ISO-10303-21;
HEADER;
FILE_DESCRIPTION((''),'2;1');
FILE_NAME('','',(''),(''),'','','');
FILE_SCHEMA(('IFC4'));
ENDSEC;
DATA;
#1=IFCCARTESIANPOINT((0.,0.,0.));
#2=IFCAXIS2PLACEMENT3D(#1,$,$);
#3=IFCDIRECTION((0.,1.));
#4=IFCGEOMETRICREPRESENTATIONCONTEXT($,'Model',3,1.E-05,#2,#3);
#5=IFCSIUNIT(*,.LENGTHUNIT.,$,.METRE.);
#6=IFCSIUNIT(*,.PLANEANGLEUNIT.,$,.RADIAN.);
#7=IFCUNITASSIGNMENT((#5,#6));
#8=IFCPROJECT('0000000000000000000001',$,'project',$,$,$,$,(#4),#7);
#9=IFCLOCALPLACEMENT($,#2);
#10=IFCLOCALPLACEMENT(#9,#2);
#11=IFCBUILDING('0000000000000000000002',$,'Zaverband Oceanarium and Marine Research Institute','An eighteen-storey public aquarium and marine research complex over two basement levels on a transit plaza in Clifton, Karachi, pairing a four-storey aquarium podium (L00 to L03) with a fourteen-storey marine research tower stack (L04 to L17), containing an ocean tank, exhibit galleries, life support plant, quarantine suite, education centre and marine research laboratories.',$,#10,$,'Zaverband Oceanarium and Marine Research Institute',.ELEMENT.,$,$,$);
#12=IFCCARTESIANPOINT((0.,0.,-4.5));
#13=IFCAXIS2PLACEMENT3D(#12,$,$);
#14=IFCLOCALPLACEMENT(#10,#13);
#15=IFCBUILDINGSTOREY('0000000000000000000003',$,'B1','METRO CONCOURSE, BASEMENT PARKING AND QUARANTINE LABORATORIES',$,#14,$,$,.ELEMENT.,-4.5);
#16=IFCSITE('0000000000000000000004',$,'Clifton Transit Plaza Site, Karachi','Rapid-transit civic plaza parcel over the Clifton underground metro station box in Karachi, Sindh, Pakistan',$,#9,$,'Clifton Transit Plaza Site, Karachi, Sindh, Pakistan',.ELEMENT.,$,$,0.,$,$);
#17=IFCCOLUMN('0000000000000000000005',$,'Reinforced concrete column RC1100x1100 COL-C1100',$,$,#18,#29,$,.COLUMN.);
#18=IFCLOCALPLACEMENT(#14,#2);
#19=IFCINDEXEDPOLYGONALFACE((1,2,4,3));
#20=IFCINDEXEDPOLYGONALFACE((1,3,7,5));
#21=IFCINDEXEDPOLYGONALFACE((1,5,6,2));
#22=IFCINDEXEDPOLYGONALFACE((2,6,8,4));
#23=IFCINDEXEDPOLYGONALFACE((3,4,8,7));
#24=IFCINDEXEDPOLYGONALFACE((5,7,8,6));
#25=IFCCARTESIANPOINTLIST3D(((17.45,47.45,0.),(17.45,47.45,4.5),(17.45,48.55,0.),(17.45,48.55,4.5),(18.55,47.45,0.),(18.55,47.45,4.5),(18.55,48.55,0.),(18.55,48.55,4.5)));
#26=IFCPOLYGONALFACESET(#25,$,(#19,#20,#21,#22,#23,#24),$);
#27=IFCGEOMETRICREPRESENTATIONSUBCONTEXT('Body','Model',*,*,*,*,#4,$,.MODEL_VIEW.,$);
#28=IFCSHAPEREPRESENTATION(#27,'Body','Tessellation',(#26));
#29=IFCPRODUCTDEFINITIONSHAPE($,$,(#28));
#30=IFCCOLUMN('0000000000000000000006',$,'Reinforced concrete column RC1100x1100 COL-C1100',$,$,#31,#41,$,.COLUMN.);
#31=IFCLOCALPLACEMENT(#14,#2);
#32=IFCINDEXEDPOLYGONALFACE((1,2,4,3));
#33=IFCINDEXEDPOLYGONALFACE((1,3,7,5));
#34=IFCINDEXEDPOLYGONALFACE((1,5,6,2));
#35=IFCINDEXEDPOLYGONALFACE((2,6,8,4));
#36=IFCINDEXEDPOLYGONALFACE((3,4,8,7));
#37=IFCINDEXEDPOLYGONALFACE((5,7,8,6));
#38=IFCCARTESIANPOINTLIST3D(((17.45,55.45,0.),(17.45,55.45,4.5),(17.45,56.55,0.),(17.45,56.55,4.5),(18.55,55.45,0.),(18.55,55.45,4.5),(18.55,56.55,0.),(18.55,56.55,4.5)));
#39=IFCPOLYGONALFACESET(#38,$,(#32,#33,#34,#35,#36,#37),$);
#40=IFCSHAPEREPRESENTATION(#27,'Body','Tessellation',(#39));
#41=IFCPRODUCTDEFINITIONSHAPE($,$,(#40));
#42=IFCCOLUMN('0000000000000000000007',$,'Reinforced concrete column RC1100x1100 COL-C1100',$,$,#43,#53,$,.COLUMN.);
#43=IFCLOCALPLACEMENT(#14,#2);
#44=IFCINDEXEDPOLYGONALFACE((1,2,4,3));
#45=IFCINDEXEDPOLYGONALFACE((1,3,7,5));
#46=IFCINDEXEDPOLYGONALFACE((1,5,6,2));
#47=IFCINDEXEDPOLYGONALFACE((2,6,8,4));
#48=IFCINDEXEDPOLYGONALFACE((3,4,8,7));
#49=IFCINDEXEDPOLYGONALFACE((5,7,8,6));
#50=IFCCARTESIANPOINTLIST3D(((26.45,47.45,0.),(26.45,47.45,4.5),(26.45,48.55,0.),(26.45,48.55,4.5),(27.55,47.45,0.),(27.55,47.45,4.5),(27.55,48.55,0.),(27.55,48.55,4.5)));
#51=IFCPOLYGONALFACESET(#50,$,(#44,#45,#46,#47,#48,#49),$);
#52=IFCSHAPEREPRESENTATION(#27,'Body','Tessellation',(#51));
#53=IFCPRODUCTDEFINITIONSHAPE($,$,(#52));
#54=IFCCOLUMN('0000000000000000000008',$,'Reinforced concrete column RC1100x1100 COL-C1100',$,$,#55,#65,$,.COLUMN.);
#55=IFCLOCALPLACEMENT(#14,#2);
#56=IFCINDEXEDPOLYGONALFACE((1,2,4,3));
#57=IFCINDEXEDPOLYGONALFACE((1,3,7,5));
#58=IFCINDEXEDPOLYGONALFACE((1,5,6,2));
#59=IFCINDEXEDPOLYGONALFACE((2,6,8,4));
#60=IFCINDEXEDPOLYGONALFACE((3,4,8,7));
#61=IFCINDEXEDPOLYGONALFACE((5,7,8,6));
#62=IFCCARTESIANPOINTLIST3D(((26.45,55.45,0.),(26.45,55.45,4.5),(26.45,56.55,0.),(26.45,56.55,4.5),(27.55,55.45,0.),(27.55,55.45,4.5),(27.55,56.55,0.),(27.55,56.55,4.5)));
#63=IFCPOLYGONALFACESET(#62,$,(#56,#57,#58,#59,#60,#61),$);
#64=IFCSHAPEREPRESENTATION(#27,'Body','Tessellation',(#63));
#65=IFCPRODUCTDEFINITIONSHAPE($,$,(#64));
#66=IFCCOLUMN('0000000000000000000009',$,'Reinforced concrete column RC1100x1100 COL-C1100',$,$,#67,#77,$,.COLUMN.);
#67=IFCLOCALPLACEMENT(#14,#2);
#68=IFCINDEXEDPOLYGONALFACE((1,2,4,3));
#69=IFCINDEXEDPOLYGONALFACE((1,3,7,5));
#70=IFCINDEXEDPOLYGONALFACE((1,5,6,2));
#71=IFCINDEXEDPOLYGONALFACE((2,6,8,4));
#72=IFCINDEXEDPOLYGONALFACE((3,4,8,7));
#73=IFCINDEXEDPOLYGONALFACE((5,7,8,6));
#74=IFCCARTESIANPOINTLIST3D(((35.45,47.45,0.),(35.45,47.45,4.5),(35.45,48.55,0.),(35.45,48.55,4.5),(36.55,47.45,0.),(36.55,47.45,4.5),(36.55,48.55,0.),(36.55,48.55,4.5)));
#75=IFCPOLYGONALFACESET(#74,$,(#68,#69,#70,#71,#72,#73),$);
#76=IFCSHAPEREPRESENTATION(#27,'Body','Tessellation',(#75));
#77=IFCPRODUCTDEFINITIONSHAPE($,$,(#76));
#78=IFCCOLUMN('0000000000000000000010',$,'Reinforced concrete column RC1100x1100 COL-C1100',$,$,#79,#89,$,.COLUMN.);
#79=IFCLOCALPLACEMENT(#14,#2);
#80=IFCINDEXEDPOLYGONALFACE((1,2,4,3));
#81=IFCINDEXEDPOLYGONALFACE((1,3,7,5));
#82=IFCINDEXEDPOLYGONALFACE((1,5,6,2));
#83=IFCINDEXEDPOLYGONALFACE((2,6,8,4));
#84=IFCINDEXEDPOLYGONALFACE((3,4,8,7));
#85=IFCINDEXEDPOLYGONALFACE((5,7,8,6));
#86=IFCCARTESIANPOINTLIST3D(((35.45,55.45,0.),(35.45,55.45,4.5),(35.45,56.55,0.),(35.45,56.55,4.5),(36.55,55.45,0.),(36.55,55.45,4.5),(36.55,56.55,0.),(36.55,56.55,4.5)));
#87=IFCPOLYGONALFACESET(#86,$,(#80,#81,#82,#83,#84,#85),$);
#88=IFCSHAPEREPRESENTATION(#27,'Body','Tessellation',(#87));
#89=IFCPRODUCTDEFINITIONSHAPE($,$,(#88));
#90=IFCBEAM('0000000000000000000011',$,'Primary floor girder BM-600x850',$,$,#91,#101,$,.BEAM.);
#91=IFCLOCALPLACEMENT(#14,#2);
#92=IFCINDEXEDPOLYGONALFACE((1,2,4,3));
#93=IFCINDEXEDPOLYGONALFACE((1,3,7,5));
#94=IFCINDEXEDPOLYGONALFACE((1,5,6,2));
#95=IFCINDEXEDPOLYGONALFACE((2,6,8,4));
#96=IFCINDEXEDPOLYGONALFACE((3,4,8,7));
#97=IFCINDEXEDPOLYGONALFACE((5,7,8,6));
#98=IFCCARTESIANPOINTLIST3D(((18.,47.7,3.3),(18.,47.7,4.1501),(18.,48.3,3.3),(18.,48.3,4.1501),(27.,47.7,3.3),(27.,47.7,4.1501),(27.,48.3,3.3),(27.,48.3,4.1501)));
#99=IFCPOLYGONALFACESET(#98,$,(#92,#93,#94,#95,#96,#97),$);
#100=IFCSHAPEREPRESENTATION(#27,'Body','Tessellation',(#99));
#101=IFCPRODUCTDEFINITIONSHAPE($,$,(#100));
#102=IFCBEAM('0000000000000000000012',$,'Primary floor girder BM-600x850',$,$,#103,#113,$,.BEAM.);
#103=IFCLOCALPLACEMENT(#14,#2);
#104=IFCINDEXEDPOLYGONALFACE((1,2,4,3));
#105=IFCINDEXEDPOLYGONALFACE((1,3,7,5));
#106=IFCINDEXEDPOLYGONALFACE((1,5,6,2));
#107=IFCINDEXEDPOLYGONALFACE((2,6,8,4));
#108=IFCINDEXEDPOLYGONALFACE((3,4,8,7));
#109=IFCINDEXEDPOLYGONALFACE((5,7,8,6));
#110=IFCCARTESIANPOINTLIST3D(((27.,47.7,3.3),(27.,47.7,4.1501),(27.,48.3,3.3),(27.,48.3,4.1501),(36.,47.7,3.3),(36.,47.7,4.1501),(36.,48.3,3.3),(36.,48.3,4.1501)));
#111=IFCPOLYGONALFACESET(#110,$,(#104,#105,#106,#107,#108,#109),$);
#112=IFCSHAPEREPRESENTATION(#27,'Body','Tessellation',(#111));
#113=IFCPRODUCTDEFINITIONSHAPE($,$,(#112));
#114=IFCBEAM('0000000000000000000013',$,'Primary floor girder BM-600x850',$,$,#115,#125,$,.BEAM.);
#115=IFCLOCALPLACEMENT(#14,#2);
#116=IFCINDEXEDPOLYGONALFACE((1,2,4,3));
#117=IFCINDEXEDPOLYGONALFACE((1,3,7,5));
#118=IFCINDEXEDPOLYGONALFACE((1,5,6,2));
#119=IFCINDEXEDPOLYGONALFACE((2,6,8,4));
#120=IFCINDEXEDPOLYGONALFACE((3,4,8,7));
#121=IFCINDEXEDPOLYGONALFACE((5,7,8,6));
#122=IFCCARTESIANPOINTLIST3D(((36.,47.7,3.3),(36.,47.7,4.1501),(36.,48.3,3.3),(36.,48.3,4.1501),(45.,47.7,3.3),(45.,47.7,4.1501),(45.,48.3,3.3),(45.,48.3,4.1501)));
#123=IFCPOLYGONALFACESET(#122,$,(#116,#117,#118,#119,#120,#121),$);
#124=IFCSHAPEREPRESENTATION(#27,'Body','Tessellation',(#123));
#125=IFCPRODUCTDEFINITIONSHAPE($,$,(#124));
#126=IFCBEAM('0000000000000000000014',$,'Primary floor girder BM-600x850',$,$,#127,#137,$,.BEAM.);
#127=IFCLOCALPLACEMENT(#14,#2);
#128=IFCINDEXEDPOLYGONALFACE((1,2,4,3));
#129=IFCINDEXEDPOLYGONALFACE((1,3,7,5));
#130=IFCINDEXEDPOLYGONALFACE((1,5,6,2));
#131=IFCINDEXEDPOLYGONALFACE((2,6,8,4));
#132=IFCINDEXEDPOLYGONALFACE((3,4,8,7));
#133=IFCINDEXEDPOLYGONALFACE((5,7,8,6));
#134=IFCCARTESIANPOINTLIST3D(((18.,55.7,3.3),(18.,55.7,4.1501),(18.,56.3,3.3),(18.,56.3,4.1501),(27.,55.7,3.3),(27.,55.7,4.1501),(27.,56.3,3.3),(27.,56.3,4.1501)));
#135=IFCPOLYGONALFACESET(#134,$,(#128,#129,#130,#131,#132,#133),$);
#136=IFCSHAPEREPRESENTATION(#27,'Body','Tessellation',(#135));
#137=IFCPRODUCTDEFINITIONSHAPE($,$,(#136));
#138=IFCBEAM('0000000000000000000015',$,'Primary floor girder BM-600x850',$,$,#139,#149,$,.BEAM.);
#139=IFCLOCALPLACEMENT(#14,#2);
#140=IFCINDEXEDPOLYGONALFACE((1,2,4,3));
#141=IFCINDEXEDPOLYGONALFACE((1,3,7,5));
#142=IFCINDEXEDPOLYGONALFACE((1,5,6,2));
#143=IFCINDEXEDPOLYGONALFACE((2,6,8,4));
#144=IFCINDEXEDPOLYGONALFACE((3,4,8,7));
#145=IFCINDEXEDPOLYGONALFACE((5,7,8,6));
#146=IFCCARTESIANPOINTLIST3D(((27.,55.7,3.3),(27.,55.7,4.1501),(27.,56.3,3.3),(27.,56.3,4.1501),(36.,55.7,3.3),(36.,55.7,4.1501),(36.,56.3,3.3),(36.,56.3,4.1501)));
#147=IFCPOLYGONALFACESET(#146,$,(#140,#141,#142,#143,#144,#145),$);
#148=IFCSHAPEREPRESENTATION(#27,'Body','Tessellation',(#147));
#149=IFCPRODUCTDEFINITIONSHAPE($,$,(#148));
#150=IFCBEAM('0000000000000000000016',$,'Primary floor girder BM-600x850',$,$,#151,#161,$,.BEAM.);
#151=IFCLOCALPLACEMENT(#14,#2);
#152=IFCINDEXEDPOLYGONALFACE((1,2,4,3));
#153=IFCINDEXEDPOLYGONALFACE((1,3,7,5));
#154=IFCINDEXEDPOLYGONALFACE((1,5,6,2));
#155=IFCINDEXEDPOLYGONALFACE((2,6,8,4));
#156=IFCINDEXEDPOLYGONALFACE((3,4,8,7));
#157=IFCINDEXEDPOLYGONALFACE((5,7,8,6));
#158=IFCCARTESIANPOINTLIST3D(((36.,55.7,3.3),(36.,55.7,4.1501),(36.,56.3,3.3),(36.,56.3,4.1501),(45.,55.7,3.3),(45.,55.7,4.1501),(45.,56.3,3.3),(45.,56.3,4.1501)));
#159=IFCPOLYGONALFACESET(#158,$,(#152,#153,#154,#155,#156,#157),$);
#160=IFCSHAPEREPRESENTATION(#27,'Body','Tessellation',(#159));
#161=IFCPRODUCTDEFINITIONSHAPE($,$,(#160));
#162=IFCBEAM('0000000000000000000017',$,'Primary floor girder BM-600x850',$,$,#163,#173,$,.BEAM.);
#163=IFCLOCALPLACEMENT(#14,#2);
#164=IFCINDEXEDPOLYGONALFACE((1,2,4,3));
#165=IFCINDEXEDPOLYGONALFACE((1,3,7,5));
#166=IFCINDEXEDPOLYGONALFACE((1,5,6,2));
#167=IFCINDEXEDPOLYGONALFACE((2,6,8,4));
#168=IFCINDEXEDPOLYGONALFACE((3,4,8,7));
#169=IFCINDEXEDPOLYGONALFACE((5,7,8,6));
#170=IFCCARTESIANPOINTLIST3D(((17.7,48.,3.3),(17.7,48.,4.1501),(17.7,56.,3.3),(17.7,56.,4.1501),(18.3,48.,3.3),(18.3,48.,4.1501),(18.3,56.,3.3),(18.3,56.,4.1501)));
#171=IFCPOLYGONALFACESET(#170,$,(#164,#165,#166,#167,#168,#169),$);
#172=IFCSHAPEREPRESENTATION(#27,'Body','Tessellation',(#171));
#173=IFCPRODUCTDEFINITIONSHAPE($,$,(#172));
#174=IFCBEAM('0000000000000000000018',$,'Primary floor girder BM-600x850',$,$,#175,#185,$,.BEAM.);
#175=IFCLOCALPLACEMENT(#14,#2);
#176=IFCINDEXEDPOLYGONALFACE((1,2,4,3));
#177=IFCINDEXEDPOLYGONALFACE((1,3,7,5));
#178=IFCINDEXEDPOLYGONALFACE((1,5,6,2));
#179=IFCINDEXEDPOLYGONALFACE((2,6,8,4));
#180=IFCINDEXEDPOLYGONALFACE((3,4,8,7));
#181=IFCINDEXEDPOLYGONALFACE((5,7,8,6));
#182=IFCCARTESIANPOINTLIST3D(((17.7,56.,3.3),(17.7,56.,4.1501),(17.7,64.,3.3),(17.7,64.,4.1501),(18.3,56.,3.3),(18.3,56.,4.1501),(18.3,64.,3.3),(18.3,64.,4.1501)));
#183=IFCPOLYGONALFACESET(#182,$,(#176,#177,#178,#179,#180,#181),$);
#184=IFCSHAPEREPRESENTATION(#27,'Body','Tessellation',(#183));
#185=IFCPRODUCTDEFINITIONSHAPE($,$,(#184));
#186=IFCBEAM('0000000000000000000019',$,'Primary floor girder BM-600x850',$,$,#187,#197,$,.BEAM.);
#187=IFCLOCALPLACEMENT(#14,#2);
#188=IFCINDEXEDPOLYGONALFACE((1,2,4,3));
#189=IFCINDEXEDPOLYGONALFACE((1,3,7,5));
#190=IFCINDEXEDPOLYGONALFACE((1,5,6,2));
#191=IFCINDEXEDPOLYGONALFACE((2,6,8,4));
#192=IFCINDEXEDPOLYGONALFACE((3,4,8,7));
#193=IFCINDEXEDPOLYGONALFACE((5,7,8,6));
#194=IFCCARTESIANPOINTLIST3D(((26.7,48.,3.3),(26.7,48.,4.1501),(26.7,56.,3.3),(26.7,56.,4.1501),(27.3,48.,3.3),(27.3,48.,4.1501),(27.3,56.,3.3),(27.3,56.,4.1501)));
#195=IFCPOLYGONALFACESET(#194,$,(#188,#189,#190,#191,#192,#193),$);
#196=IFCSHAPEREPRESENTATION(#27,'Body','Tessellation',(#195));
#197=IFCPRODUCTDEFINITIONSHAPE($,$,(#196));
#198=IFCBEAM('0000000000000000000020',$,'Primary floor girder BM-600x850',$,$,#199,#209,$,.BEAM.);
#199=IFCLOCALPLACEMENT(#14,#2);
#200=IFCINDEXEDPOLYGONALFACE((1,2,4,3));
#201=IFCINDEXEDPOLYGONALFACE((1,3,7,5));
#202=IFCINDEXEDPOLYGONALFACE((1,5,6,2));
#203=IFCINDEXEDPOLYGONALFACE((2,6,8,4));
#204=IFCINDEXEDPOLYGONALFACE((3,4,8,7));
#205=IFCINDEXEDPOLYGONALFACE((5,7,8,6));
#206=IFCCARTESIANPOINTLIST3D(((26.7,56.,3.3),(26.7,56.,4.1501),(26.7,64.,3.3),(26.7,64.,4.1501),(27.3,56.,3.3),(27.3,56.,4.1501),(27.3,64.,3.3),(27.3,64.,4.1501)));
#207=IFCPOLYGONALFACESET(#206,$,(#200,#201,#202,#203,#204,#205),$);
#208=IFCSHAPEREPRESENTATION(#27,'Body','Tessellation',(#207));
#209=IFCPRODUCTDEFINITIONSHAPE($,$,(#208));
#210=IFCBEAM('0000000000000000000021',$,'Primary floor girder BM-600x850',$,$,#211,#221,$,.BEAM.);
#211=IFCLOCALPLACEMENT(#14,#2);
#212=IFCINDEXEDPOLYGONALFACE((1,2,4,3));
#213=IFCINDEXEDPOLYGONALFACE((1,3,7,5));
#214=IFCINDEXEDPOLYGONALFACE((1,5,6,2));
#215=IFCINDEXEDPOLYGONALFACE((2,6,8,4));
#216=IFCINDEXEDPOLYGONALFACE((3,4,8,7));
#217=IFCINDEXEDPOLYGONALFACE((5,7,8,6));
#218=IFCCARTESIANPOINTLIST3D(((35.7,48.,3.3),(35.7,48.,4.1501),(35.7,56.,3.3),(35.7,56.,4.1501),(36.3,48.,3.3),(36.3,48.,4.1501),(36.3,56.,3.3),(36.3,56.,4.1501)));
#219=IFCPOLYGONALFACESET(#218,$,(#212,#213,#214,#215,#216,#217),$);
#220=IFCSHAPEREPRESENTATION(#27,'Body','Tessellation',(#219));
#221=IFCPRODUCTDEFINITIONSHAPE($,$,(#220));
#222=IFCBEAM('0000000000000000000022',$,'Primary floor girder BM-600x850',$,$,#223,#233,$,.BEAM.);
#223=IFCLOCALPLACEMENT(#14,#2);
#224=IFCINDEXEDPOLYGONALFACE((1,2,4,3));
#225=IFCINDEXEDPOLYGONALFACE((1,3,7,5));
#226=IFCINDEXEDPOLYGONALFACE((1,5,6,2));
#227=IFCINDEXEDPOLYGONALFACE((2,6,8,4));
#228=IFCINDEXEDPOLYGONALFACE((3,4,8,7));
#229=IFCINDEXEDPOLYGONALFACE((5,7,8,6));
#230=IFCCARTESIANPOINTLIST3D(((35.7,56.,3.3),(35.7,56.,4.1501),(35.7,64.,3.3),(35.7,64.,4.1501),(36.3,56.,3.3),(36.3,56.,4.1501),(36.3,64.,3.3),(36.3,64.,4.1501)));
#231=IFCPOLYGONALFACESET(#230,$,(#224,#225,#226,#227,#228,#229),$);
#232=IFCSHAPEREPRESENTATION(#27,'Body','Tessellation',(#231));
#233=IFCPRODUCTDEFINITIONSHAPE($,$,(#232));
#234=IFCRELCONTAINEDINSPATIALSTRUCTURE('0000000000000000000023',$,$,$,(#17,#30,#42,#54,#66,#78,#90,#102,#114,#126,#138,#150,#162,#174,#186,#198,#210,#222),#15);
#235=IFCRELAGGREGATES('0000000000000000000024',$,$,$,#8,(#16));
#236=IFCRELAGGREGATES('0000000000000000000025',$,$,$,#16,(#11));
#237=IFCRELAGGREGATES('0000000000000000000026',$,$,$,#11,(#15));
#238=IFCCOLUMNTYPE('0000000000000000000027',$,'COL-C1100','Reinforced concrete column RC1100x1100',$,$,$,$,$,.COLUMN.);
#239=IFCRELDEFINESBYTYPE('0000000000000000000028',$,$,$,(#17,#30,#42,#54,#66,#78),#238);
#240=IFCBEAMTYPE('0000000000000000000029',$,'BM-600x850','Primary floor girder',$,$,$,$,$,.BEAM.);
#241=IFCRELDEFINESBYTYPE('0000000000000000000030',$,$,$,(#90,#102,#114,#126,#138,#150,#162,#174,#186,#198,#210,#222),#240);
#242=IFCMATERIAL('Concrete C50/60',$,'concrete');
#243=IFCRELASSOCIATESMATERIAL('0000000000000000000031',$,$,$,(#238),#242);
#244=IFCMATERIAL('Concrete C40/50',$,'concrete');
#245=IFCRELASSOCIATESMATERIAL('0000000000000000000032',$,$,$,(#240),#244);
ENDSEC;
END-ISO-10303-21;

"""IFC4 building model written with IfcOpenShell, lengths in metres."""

from ifc_helpers import new_model, si_unit, direction, frame, origin, origin_2d, place, context, subcontext, project, spatial, rectangle, extrude, material, material_profile, profile_set, type_object, element, save


model = new_model("IFC4")

# Units and contexts
model_context = context("Model", 3, precision=1e-05, world=origin(), true_north=direction((0.0, 1.0)))
body_context = subcontext(model_context, "Body", "Model", "MODEL_VIEW")
ifc_project = project(units=[si_unit("LENGTHUNIT", "METRE"), si_unit("PLANEANGLEUNIT", "RADIAN")], contexts=[model_context])

# Site, building, storey
site_placement = place(None, origin())
site = spatial("IfcSite", under=ifc_project, at=site_placement, Name="Clifton Transit Plaza Site, Karachi", Description="Rapid-transit civic plaza parcel over the Clifton underground metro station box in Karachi, Sindh, Pakistan", LongName="Clifton Transit Plaza Site, Karachi, Sindh, Pakistan", CompositionType="ELEMENT", RefElevation=0.0)
building_placement = place(site_placement, origin())
building = spatial("IfcBuilding", under=site, at=building_placement, Name="Zaverband Oceanarium and Marine Research Institute", Description="An eighteen-storey public aquarium and marine research complex over two basement levels on a transit plaza in Clifton, Karachi, pairing a four-storey aquarium podium (L00 to L03) with a fourteen-storey marine research tower stack (L04 to L17), containing an ocean tank, exhibit galleries, life support plant, quarantine suite, education centre and marine research laboratories.", LongName="Zaverband Oceanarium and Marine Research Institute", CompositionType="ELEMENT")
storey_placement = place(building_placement, frame((0.0, 0.0, -4.5)))
storey = spatial("IfcBuildingStorey", under=building, at=storey_placement, Name="B1", Description="METRO CONCOURSE, BASEMENT PARKING AND QUARANTINE LABORATORIES", CompositionType="ELEMENT", Elevation=-4.5)

# Columns
ifc_material_1 = material(Name="Concrete C50/60", Category="concrete")
ifc_material_profile_1 = material_profile(ifc_material_1, rectangle(XDim=1.1001, YDim=1.1001, at=origin_2d()), Name="RC1100x1100")
ifc_profile_set_1 = profile_set([ifc_material_profile_1], Name="Concrete C50/60")
column_type = type_object("IfcColumnType", Name="COL-C1100", Description="Reinforced concrete column RC1100x1100", PredefinedType="COLUMN", material=ifc_profile_set_1)
for number, where, z_axis, x_axis, name in (
    (1, (18.0, 48.0, 0.0), (0.0, 0.0, 1.0), (1.0, 0.0, 0.0), "Reinforced concrete column RC1100x1100 COL-C1100"),
    (2, (18.0, 56.0, 0.0), (0.0, 0.0, 1.0), (1.0, 0.0, 0.0), "Reinforced concrete column RC1100x1100 COL-C1100"),
    (3, (27.0, 48.0, 0.0), (0.0, 0.0, 1.0), (1.0, 0.0, 0.0), "Reinforced concrete column RC1100x1100 COL-C1100"),
    (4, (27.0, 56.0, 0.0), (0.0, 0.0, 1.0), (1.0, 0.0, 0.0), "Reinforced concrete column RC1100x1100 COL-C1100"),
    (5, (36.0, 48.0, 0.0), (0.0, 0.0, 1.0), (1.0, 0.0, 0.0), "Reinforced concrete column RC1100x1100 COL-C1100"),
    (6, (36.0, 56.0, 0.0), (0.0, 0.0, 1.0), (1.0, 0.0, 0.0), "Reinforced concrete column RC1100x1100 COL-C1100"),
):
    element("IfcColumn", number, at=place(storey_placement, frame(where, z_axis=z_axis, x_axis=x_axis)), inside=storey, type_object=column_type, Name=name, PredefinedType="COLUMN", context=body_context, shape_type="SweptSolid", body=[
        extrude(rectangle(XDim=1.1001, YDim=1.1001, at=origin_2d()), origin(), (0.0, 0.0, 1.0), 4.5),
    ])

# Beams
ifc_material_2 = material(Name="Concrete C40/50", Category="concrete")
ifc_material_profile_2 = material_profile(ifc_material_2, rectangle(XDim=0.6001, YDim=0.8501, at=origin_2d()), Name="RC600x850")
ifc_profile_set_2 = profile_set([ifc_material_profile_2], Name="Concrete C40/50")
beam_type_1 = type_object("IfcBeamType", Name="BM-600x850", Description="Primary floor girder", PredefinedType="BEAM", material=ifc_profile_set_2)
for number, where, z_axis, x_axis, name in (
    (7, (18.0, 48.0, 3.7251), (1.0, 0.0, 0.0), (0.0, 1.0, 0.0), "Primary floor girder BM-600x850"),
    (8, (27.0, 48.0, 3.7251), (1.0, 0.0, 0.0), (0.0, 1.0, 0.0), "Primary floor girder BM-600x850"),
    (9, (36.0, 48.0, 3.7251), (1.0, 0.0, 0.0), (0.0, 1.0, 0.0), "Primary floor girder BM-600x850"),
    (10, (18.0, 56.0, 3.7251), (1.0, 0.0, 0.0), (0.0, 1.0, 0.0), "Primary floor girder BM-600x850"),
    (11, (27.0, 56.0, 3.7251), (1.0, 0.0, 0.0), (0.0, 1.0, 0.0), "Primary floor girder BM-600x850"),
    (12, (36.0, 56.0, 3.7251), (1.0, 0.0, 0.0), (0.0, 1.0, 0.0), "Primary floor girder BM-600x850"),
):
    element("IfcBeam", number, at=place(storey_placement, frame(where, z_axis=z_axis, x_axis=x_axis)), inside=storey, type_object=beam_type_1, Name=name, PredefinedType="BEAM", context=body_context, shape_type="SweptSolid", body=[
        extrude(rectangle(XDim=0.6001, YDim=0.8501, at=origin_2d()), origin(), (0.0, 0.0, 1.0), 9.0),
    ])
for number, where, z_axis, x_axis, name in (
    (13, (18.0, 48.0, 3.7251), (0.0, 1.0, 0.0), (-1.0, 0.0, 0.0), "Primary floor girder BM-600x850"),
    (14, (18.0, 56.0, 3.7251), (0.0, 1.0, 0.0), (-1.0, 0.0, 0.0), "Primary floor girder BM-600x850"),
    (15, (27.0, 48.0, 3.7251), (0.0, 1.0, 0.0), (-1.0, 0.0, 0.0), "Primary floor girder BM-600x850"),
    (16, (27.0, 56.0, 3.7251), (0.0, 1.0, 0.0), (-1.0, 0.0, 0.0), "Primary floor girder BM-600x850"),
    (17, (36.0, 48.0, 3.7251), (0.0, 1.0, 0.0), (-1.0, 0.0, 0.0), "Primary floor girder BM-600x850"),
    (18, (36.0, 56.0, 3.7251), (0.0, 1.0, 0.0), (-1.0, 0.0, 0.0), "Primary floor girder BM-600x850"),
):
    element("IfcBeam", number, at=place(storey_placement, frame(where, z_axis=z_axis, x_axis=x_axis)), inside=storey, type_object=beam_type_1, Name=name, PredefinedType="BEAM", context=body_context, shape_type="SweptSolid", body=[
        extrude(rectangle(XDim=0.6001, YDim=0.8501, at=origin_2d()), origin(), (0.0, 0.0, 1.0), 8.0),
    ])

save(model, "model.ifc")
